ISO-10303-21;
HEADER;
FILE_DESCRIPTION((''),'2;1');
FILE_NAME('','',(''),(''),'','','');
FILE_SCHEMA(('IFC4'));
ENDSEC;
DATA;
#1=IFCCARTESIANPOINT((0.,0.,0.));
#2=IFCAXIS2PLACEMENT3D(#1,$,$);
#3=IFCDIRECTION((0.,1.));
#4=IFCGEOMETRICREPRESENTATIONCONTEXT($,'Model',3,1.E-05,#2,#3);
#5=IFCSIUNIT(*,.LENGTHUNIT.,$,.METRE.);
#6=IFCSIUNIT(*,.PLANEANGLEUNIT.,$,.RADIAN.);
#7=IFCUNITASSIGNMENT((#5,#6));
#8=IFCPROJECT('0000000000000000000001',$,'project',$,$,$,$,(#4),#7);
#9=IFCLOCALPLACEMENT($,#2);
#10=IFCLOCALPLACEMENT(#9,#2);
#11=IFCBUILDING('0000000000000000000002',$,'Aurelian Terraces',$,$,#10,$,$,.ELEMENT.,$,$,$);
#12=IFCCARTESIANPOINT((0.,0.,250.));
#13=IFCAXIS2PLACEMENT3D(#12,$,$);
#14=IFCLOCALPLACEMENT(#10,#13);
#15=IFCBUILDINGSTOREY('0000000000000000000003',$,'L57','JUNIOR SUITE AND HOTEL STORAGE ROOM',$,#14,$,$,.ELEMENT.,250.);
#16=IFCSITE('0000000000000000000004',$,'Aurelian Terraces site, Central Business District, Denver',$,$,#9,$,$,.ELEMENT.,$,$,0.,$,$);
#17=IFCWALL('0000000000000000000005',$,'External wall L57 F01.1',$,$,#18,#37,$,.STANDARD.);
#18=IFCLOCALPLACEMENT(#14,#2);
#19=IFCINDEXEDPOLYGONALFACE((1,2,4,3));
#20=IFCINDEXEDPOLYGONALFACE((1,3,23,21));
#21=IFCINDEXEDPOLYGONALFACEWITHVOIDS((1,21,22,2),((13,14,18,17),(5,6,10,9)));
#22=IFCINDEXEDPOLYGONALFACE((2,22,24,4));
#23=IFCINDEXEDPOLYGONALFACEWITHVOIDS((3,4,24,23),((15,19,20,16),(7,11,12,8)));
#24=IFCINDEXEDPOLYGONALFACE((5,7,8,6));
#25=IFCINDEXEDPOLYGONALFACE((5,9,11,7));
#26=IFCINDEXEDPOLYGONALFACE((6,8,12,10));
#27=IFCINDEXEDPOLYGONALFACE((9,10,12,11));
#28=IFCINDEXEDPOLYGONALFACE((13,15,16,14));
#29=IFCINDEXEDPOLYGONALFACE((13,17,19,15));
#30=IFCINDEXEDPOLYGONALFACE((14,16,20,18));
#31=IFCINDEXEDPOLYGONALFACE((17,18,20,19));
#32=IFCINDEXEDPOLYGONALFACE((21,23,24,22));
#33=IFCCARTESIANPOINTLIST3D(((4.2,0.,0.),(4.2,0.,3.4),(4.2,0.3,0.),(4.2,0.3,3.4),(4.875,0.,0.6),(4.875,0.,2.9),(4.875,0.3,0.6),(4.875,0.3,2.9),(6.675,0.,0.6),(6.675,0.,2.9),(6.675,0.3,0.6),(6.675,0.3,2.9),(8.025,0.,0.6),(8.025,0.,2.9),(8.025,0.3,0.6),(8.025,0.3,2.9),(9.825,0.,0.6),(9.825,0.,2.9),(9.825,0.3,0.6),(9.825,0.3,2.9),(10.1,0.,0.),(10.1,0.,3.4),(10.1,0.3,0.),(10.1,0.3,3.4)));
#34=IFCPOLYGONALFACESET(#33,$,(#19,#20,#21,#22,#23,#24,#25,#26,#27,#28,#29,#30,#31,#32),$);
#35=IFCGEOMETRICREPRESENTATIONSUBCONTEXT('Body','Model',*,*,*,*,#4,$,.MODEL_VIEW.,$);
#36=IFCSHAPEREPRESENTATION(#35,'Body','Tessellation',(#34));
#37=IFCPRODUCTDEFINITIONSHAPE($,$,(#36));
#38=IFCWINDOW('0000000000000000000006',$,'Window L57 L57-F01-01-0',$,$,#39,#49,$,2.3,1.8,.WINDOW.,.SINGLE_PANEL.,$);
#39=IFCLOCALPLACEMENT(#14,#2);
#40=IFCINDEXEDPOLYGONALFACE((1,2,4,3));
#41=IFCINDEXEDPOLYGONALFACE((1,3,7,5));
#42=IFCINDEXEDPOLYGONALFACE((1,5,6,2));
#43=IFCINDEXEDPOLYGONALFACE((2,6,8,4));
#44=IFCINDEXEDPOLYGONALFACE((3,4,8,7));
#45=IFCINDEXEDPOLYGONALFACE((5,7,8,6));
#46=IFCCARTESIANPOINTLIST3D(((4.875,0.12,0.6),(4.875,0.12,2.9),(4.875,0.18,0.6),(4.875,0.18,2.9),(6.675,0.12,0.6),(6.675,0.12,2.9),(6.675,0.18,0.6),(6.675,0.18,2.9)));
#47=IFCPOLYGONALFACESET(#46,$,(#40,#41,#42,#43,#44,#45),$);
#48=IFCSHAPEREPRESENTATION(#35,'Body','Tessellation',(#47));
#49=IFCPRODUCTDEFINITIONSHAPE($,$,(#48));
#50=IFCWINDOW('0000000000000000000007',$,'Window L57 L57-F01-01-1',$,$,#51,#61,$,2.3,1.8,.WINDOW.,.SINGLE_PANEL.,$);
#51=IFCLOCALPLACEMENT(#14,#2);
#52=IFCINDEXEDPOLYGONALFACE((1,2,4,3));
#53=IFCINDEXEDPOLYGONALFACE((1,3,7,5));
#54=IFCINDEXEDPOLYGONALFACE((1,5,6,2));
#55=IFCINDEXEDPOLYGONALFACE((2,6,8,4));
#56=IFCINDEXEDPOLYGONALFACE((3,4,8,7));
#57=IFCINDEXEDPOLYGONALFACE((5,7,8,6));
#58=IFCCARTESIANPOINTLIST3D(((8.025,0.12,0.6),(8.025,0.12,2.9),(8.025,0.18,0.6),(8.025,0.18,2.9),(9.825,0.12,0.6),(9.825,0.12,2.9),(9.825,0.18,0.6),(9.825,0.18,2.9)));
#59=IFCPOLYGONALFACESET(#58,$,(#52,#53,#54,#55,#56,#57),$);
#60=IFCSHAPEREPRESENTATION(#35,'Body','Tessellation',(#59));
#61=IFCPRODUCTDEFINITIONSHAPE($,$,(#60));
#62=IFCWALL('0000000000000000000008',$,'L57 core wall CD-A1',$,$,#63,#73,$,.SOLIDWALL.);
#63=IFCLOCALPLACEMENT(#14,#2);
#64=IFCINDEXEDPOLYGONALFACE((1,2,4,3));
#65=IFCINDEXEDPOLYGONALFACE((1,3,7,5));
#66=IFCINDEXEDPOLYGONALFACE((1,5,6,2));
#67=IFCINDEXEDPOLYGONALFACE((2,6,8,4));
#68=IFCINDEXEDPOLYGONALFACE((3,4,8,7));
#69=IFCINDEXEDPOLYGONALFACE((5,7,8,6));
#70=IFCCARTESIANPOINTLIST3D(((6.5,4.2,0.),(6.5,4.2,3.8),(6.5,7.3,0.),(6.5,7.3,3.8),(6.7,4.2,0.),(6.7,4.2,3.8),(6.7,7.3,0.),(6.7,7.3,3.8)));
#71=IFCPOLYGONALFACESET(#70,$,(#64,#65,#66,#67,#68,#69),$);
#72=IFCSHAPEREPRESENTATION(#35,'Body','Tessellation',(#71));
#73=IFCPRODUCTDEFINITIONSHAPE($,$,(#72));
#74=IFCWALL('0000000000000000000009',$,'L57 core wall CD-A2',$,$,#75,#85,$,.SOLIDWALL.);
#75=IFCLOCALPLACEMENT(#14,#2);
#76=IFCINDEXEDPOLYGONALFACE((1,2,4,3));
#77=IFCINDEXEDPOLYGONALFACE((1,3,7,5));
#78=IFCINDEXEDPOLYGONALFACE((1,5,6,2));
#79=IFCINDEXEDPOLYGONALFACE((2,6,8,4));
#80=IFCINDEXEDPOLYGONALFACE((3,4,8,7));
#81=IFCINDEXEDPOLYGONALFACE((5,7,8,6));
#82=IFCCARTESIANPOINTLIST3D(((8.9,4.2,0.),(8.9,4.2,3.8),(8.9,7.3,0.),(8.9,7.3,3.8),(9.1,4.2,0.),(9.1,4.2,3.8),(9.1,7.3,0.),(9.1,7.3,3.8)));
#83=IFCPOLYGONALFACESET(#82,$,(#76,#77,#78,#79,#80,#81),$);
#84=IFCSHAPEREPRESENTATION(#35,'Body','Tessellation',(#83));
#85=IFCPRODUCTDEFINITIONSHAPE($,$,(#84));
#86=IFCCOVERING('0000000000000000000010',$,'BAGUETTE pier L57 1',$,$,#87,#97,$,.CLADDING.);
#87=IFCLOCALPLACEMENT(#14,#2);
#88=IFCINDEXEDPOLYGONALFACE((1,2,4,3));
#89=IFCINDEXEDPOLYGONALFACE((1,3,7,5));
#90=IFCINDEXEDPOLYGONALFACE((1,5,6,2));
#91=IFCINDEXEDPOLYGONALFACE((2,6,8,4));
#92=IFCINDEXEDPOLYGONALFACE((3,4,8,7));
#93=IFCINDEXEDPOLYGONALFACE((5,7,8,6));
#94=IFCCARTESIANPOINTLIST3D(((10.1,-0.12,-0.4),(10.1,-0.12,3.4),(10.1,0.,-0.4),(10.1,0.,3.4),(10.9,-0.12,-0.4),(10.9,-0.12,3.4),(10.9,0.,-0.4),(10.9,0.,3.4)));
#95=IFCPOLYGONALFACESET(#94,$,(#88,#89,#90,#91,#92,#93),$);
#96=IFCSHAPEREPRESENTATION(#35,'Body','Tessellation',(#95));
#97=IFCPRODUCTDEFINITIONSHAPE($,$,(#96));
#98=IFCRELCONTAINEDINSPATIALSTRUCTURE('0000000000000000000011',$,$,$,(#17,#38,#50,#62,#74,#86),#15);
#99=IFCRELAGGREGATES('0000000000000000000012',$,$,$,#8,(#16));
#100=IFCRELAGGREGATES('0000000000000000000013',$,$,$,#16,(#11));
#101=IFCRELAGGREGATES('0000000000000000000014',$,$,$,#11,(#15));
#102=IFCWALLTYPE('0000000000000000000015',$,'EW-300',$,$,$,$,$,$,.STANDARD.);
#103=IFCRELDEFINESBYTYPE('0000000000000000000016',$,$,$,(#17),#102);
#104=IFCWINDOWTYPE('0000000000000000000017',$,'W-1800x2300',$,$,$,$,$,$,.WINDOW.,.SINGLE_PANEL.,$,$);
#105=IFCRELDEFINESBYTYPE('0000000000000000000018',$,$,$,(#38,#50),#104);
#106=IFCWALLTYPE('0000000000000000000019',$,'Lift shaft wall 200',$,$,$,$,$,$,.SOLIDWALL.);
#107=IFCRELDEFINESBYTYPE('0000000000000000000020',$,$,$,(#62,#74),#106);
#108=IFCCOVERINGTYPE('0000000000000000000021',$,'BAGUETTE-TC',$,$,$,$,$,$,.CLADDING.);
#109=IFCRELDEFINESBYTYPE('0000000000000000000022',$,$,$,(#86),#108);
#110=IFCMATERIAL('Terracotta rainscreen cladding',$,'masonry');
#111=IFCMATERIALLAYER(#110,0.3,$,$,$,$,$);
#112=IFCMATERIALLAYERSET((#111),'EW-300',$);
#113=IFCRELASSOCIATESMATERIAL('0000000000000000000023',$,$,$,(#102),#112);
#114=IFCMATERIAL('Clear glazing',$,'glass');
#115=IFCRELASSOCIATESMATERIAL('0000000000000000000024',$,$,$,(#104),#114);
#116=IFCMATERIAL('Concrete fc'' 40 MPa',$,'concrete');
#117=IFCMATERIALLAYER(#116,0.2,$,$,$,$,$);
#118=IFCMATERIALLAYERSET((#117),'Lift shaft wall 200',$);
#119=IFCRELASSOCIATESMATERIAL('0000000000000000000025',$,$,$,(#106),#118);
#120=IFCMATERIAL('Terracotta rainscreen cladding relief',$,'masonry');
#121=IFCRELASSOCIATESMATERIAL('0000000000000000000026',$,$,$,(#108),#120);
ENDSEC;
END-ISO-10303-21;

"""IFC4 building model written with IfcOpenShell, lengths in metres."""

from ifc_helpers import new_model, si_unit, direction, frame, frame_2d, origin, origin_2d, place, context, subcontext, project, spatial, rectangle, extrude, source, transform, mapped, material, layer, layer_set, type_object, element, fill, save


model = new_model("IFC4")

# Units and contexts
model_context = context("Model", 3, precision=1e-05, world=origin(), true_north=direction((0.0, 1.0)))
body_context = subcontext(model_context, "Body", "Model", "MODEL_VIEW")
ifc_project = project(units=[si_unit("LENGTHUNIT", "METRE"), si_unit("PLANEANGLEUNIT", "RADIAN")], contexts=[model_context])

# Site, building, storey
site_placement = place(None, origin())
site = spatial("IfcSite", under=ifc_project, at=site_placement, Name="Aurelian Terraces site, Central Business District, Denver", CompositionType="ELEMENT", RefElevation=0.0)
building_placement = place(site_placement, origin())
building = spatial("IfcBuilding", under=site, at=building_placement, Name="Aurelian Terraces", CompositionType="ELEMENT")
storey_placement = place(building_placement, frame((0.0, 0.0, 250.0)))
storey = spatial("IfcBuildingStorey", under=building, at=storey_placement, Name="L57", Description="JUNIOR SUITE AND HOTEL STORAGE ROOM", CompositionType="ELEMENT", Elevation=250.0)

# Shared definitions
ifc_material_1 = material(Name="Concrete fc' 40 MPa", Category="concrete")

# Shared definitions
ifc_material_2 = material(Name="Terracotta rainscreen cladding", Category="masonry")
ifc_layer_1 = layer(ifc_material_2, 0.3)
ifc_layer_set_1 = layer_set([ifc_layer_1], Name="EW-300")
wall_type_1 = type_object("IfcWallType", Name="EW-300", PredefinedType="STANDARD", material=ifc_layer_set_1)
shared_shape_1 = source(origin(), body_context, "Body", "SweptSolid", [
    extrude(rectangle(XDim=1.8, YDim=2.3, at=frame_2d((0.9, 1.15))), frame((0.0, 0.16, 0.0), z_axis=(0.0, -1.0, 0.0), x_axis=(1.0, 0.0, 0.0)), (0.0, 0.0, 1.0), 0.32),
])
ifc_material_3 = material(Name="Clear glazing", Category="glass")
window_type = type_object("IfcWindowType", Name="W-1800x2300", PartitioningType="SINGLE_PANEL", PredefinedType="WINDOW", material=ifc_material_3)
shared_shape_2 = source(origin(), body_context, "Body", "SweptSolid", [
    extrude(rectangle(XDim=1.8, YDim=2.3, at=frame_2d((0.9, 1.15))), frame((0.0, 0.03, 0.0), z_axis=(0.0, -1.0, 0.0), x_axis=(1.0, 0.0, 0.0)), (0.0, 0.0, 1.0), 0.06),
])

# Wall, openings, windows
shared_shape_3 = source(origin(), body_context, "Body", "SweptSolid", [
    extrude(rectangle(XDim=5.9, YDim=0.3, at=frame_2d((2.95, 0.0))), origin(), (0.0, 0.0, 1.0), 3.4),
])
wall_1_placement = place(storey_placement, frame((4.2, 0.15, 0.0), z_axis=(0.0, 0.0, 1.0), x_axis=(1.0, 0.0, 0.0)))
wall_1 = element("IfcWall", 1, at=wall_1_placement, inside=storey, type_object=wall_type_1, Name="External wall L57 F01.1", PredefinedType="STANDARD", context=body_context, shape_type="MappedRepresentation", body=[
    mapped(shared_shape_3, transform((0.0, 0.0, 0.0), scale=1.0)),
])
opening_1_placement = place(wall_1_placement, frame((0.675, 0.0, 0.6)))
opening_1 = element("IfcOpeningElement", 2, at=opening_1_placement, cuts=wall_1, PredefinedType="OPENING", context=body_context, shape_type="MappedRepresentation", body=[
    mapped(shared_shape_1, transform((0.0, 0.0, 0.0), scale=1.0)),
])
opening_2_placement = place(wall_1_placement, frame((3.825, 0.0, 0.6)))
opening_2 = element("IfcOpeningElement", 3, at=opening_2_placement, cuts=wall_1, PredefinedType="OPENING", context=body_context, shape_type="MappedRepresentation", body=[
    mapped(shared_shape_1, transform((0.0, 0.0, 0.0), scale=1.0)),
])
window_1_placement = place(opening_1_placement, origin())
window_1 = element("IfcWindow", 4, at=window_1_placement, inside=storey, type_object=window_type, Name="Window L57 L57-F01-01-0", OverallHeight=2.3, OverallWidth=1.8, PartitioningType="SINGLE_PANEL", PredefinedType="WINDOW", context=body_context, shape_type="MappedRepresentation", body=[
    mapped(shared_shape_2, transform((0.0, 0.0, 0.0), scale=1.0)),
])
fill(opening_1, window_1)
window_2_placement = place(opening_2_placement, origin())
window_2 = element("IfcWindow", 5, at=window_2_placement, inside=storey, type_object=window_type, Name="Window L57 L57-F01-01-1", OverallHeight=2.3, OverallWidth=1.8, PartitioningType="SINGLE_PANEL", PredefinedType="WINDOW", context=body_context, shape_type="MappedRepresentation", body=[
    mapped(shared_shape_2, transform((0.0, 0.0, 0.0), scale=1.0)),
])
fill(opening_2, window_2)

# Walls
ifc_layer_2 = layer(ifc_material_1, 0.2)
ifc_layer_set_2 = layer_set([ifc_layer_2], Name="Lift shaft wall 200")
wall_type_2 = type_object("IfcWallType", Name="Lift shaft wall 200", PredefinedType="SOLIDWALL", material=ifc_layer_set_2)
shared_shape_4 = source(origin(), body_context, "Body", "SweptSolid", [
    extrude(rectangle(XDim=3.1, YDim=0.2, at=frame_2d((1.55, 0.0))), origin(), (0.0, 0.0, 1.0), 3.8),
])
for number, where, z_axis, x_axis, name in (
    (6, (6.6, 4.2, 0.0), (0.0, 0.0, 1.0), (0.0, 1.0, 0.0), "L57 core wall CD-A1"),
    (7, (9.0, 4.2, 0.0), (0.0, 0.0, 1.0), (0.0, 1.0, 0.0), "L57 core wall CD-A2"),
):
    element("IfcWall", number, at=place(storey_placement, frame(where, z_axis=z_axis, x_axis=x_axis)), inside=storey, type_object=wall_type_2, Name=name, PredefinedType="SOLIDWALL", context=body_context, shape_type="MappedRepresentation", body=[
        mapped(shared_shape_4, transform((0.0, 0.0, 0.0), scale=1.0)),
    ])

# Covering
ifc_material_4 = material(Name="Terracotta rainscreen cladding relief", Category="masonry")
covering_type = type_object("IfcCoveringType", Name="BAGUETTE-TC", PredefinedType="CLADDING", material=ifc_material_4)
shared_shape_5 = source(origin(), body_context, "Body", "SweptSolid", [
    extrude(rectangle(XDim=0.8, YDim=0.12, at=origin_2d()), origin(), (0.0, 0.0, 1.0), 3.8),
])
covering_placement = place(storey_placement, frame((10.5, -0.06, -0.4), z_axis=(0.0, 0.0, 1.0), x_axis=(1.0, 0.0, 0.0)))
element("IfcCovering", 8, at=covering_placement, inside=storey, type_object=covering_type, Name="BAGUETTE pier L57 1", PredefinedType="CLADDING", context=body_context, shape_type="MappedRepresentation", body=[
    mapped(shared_shape_5, transform((0.0, 0.0, 0.0), scale=1.0)),
])

save(model, "model.ifc")
